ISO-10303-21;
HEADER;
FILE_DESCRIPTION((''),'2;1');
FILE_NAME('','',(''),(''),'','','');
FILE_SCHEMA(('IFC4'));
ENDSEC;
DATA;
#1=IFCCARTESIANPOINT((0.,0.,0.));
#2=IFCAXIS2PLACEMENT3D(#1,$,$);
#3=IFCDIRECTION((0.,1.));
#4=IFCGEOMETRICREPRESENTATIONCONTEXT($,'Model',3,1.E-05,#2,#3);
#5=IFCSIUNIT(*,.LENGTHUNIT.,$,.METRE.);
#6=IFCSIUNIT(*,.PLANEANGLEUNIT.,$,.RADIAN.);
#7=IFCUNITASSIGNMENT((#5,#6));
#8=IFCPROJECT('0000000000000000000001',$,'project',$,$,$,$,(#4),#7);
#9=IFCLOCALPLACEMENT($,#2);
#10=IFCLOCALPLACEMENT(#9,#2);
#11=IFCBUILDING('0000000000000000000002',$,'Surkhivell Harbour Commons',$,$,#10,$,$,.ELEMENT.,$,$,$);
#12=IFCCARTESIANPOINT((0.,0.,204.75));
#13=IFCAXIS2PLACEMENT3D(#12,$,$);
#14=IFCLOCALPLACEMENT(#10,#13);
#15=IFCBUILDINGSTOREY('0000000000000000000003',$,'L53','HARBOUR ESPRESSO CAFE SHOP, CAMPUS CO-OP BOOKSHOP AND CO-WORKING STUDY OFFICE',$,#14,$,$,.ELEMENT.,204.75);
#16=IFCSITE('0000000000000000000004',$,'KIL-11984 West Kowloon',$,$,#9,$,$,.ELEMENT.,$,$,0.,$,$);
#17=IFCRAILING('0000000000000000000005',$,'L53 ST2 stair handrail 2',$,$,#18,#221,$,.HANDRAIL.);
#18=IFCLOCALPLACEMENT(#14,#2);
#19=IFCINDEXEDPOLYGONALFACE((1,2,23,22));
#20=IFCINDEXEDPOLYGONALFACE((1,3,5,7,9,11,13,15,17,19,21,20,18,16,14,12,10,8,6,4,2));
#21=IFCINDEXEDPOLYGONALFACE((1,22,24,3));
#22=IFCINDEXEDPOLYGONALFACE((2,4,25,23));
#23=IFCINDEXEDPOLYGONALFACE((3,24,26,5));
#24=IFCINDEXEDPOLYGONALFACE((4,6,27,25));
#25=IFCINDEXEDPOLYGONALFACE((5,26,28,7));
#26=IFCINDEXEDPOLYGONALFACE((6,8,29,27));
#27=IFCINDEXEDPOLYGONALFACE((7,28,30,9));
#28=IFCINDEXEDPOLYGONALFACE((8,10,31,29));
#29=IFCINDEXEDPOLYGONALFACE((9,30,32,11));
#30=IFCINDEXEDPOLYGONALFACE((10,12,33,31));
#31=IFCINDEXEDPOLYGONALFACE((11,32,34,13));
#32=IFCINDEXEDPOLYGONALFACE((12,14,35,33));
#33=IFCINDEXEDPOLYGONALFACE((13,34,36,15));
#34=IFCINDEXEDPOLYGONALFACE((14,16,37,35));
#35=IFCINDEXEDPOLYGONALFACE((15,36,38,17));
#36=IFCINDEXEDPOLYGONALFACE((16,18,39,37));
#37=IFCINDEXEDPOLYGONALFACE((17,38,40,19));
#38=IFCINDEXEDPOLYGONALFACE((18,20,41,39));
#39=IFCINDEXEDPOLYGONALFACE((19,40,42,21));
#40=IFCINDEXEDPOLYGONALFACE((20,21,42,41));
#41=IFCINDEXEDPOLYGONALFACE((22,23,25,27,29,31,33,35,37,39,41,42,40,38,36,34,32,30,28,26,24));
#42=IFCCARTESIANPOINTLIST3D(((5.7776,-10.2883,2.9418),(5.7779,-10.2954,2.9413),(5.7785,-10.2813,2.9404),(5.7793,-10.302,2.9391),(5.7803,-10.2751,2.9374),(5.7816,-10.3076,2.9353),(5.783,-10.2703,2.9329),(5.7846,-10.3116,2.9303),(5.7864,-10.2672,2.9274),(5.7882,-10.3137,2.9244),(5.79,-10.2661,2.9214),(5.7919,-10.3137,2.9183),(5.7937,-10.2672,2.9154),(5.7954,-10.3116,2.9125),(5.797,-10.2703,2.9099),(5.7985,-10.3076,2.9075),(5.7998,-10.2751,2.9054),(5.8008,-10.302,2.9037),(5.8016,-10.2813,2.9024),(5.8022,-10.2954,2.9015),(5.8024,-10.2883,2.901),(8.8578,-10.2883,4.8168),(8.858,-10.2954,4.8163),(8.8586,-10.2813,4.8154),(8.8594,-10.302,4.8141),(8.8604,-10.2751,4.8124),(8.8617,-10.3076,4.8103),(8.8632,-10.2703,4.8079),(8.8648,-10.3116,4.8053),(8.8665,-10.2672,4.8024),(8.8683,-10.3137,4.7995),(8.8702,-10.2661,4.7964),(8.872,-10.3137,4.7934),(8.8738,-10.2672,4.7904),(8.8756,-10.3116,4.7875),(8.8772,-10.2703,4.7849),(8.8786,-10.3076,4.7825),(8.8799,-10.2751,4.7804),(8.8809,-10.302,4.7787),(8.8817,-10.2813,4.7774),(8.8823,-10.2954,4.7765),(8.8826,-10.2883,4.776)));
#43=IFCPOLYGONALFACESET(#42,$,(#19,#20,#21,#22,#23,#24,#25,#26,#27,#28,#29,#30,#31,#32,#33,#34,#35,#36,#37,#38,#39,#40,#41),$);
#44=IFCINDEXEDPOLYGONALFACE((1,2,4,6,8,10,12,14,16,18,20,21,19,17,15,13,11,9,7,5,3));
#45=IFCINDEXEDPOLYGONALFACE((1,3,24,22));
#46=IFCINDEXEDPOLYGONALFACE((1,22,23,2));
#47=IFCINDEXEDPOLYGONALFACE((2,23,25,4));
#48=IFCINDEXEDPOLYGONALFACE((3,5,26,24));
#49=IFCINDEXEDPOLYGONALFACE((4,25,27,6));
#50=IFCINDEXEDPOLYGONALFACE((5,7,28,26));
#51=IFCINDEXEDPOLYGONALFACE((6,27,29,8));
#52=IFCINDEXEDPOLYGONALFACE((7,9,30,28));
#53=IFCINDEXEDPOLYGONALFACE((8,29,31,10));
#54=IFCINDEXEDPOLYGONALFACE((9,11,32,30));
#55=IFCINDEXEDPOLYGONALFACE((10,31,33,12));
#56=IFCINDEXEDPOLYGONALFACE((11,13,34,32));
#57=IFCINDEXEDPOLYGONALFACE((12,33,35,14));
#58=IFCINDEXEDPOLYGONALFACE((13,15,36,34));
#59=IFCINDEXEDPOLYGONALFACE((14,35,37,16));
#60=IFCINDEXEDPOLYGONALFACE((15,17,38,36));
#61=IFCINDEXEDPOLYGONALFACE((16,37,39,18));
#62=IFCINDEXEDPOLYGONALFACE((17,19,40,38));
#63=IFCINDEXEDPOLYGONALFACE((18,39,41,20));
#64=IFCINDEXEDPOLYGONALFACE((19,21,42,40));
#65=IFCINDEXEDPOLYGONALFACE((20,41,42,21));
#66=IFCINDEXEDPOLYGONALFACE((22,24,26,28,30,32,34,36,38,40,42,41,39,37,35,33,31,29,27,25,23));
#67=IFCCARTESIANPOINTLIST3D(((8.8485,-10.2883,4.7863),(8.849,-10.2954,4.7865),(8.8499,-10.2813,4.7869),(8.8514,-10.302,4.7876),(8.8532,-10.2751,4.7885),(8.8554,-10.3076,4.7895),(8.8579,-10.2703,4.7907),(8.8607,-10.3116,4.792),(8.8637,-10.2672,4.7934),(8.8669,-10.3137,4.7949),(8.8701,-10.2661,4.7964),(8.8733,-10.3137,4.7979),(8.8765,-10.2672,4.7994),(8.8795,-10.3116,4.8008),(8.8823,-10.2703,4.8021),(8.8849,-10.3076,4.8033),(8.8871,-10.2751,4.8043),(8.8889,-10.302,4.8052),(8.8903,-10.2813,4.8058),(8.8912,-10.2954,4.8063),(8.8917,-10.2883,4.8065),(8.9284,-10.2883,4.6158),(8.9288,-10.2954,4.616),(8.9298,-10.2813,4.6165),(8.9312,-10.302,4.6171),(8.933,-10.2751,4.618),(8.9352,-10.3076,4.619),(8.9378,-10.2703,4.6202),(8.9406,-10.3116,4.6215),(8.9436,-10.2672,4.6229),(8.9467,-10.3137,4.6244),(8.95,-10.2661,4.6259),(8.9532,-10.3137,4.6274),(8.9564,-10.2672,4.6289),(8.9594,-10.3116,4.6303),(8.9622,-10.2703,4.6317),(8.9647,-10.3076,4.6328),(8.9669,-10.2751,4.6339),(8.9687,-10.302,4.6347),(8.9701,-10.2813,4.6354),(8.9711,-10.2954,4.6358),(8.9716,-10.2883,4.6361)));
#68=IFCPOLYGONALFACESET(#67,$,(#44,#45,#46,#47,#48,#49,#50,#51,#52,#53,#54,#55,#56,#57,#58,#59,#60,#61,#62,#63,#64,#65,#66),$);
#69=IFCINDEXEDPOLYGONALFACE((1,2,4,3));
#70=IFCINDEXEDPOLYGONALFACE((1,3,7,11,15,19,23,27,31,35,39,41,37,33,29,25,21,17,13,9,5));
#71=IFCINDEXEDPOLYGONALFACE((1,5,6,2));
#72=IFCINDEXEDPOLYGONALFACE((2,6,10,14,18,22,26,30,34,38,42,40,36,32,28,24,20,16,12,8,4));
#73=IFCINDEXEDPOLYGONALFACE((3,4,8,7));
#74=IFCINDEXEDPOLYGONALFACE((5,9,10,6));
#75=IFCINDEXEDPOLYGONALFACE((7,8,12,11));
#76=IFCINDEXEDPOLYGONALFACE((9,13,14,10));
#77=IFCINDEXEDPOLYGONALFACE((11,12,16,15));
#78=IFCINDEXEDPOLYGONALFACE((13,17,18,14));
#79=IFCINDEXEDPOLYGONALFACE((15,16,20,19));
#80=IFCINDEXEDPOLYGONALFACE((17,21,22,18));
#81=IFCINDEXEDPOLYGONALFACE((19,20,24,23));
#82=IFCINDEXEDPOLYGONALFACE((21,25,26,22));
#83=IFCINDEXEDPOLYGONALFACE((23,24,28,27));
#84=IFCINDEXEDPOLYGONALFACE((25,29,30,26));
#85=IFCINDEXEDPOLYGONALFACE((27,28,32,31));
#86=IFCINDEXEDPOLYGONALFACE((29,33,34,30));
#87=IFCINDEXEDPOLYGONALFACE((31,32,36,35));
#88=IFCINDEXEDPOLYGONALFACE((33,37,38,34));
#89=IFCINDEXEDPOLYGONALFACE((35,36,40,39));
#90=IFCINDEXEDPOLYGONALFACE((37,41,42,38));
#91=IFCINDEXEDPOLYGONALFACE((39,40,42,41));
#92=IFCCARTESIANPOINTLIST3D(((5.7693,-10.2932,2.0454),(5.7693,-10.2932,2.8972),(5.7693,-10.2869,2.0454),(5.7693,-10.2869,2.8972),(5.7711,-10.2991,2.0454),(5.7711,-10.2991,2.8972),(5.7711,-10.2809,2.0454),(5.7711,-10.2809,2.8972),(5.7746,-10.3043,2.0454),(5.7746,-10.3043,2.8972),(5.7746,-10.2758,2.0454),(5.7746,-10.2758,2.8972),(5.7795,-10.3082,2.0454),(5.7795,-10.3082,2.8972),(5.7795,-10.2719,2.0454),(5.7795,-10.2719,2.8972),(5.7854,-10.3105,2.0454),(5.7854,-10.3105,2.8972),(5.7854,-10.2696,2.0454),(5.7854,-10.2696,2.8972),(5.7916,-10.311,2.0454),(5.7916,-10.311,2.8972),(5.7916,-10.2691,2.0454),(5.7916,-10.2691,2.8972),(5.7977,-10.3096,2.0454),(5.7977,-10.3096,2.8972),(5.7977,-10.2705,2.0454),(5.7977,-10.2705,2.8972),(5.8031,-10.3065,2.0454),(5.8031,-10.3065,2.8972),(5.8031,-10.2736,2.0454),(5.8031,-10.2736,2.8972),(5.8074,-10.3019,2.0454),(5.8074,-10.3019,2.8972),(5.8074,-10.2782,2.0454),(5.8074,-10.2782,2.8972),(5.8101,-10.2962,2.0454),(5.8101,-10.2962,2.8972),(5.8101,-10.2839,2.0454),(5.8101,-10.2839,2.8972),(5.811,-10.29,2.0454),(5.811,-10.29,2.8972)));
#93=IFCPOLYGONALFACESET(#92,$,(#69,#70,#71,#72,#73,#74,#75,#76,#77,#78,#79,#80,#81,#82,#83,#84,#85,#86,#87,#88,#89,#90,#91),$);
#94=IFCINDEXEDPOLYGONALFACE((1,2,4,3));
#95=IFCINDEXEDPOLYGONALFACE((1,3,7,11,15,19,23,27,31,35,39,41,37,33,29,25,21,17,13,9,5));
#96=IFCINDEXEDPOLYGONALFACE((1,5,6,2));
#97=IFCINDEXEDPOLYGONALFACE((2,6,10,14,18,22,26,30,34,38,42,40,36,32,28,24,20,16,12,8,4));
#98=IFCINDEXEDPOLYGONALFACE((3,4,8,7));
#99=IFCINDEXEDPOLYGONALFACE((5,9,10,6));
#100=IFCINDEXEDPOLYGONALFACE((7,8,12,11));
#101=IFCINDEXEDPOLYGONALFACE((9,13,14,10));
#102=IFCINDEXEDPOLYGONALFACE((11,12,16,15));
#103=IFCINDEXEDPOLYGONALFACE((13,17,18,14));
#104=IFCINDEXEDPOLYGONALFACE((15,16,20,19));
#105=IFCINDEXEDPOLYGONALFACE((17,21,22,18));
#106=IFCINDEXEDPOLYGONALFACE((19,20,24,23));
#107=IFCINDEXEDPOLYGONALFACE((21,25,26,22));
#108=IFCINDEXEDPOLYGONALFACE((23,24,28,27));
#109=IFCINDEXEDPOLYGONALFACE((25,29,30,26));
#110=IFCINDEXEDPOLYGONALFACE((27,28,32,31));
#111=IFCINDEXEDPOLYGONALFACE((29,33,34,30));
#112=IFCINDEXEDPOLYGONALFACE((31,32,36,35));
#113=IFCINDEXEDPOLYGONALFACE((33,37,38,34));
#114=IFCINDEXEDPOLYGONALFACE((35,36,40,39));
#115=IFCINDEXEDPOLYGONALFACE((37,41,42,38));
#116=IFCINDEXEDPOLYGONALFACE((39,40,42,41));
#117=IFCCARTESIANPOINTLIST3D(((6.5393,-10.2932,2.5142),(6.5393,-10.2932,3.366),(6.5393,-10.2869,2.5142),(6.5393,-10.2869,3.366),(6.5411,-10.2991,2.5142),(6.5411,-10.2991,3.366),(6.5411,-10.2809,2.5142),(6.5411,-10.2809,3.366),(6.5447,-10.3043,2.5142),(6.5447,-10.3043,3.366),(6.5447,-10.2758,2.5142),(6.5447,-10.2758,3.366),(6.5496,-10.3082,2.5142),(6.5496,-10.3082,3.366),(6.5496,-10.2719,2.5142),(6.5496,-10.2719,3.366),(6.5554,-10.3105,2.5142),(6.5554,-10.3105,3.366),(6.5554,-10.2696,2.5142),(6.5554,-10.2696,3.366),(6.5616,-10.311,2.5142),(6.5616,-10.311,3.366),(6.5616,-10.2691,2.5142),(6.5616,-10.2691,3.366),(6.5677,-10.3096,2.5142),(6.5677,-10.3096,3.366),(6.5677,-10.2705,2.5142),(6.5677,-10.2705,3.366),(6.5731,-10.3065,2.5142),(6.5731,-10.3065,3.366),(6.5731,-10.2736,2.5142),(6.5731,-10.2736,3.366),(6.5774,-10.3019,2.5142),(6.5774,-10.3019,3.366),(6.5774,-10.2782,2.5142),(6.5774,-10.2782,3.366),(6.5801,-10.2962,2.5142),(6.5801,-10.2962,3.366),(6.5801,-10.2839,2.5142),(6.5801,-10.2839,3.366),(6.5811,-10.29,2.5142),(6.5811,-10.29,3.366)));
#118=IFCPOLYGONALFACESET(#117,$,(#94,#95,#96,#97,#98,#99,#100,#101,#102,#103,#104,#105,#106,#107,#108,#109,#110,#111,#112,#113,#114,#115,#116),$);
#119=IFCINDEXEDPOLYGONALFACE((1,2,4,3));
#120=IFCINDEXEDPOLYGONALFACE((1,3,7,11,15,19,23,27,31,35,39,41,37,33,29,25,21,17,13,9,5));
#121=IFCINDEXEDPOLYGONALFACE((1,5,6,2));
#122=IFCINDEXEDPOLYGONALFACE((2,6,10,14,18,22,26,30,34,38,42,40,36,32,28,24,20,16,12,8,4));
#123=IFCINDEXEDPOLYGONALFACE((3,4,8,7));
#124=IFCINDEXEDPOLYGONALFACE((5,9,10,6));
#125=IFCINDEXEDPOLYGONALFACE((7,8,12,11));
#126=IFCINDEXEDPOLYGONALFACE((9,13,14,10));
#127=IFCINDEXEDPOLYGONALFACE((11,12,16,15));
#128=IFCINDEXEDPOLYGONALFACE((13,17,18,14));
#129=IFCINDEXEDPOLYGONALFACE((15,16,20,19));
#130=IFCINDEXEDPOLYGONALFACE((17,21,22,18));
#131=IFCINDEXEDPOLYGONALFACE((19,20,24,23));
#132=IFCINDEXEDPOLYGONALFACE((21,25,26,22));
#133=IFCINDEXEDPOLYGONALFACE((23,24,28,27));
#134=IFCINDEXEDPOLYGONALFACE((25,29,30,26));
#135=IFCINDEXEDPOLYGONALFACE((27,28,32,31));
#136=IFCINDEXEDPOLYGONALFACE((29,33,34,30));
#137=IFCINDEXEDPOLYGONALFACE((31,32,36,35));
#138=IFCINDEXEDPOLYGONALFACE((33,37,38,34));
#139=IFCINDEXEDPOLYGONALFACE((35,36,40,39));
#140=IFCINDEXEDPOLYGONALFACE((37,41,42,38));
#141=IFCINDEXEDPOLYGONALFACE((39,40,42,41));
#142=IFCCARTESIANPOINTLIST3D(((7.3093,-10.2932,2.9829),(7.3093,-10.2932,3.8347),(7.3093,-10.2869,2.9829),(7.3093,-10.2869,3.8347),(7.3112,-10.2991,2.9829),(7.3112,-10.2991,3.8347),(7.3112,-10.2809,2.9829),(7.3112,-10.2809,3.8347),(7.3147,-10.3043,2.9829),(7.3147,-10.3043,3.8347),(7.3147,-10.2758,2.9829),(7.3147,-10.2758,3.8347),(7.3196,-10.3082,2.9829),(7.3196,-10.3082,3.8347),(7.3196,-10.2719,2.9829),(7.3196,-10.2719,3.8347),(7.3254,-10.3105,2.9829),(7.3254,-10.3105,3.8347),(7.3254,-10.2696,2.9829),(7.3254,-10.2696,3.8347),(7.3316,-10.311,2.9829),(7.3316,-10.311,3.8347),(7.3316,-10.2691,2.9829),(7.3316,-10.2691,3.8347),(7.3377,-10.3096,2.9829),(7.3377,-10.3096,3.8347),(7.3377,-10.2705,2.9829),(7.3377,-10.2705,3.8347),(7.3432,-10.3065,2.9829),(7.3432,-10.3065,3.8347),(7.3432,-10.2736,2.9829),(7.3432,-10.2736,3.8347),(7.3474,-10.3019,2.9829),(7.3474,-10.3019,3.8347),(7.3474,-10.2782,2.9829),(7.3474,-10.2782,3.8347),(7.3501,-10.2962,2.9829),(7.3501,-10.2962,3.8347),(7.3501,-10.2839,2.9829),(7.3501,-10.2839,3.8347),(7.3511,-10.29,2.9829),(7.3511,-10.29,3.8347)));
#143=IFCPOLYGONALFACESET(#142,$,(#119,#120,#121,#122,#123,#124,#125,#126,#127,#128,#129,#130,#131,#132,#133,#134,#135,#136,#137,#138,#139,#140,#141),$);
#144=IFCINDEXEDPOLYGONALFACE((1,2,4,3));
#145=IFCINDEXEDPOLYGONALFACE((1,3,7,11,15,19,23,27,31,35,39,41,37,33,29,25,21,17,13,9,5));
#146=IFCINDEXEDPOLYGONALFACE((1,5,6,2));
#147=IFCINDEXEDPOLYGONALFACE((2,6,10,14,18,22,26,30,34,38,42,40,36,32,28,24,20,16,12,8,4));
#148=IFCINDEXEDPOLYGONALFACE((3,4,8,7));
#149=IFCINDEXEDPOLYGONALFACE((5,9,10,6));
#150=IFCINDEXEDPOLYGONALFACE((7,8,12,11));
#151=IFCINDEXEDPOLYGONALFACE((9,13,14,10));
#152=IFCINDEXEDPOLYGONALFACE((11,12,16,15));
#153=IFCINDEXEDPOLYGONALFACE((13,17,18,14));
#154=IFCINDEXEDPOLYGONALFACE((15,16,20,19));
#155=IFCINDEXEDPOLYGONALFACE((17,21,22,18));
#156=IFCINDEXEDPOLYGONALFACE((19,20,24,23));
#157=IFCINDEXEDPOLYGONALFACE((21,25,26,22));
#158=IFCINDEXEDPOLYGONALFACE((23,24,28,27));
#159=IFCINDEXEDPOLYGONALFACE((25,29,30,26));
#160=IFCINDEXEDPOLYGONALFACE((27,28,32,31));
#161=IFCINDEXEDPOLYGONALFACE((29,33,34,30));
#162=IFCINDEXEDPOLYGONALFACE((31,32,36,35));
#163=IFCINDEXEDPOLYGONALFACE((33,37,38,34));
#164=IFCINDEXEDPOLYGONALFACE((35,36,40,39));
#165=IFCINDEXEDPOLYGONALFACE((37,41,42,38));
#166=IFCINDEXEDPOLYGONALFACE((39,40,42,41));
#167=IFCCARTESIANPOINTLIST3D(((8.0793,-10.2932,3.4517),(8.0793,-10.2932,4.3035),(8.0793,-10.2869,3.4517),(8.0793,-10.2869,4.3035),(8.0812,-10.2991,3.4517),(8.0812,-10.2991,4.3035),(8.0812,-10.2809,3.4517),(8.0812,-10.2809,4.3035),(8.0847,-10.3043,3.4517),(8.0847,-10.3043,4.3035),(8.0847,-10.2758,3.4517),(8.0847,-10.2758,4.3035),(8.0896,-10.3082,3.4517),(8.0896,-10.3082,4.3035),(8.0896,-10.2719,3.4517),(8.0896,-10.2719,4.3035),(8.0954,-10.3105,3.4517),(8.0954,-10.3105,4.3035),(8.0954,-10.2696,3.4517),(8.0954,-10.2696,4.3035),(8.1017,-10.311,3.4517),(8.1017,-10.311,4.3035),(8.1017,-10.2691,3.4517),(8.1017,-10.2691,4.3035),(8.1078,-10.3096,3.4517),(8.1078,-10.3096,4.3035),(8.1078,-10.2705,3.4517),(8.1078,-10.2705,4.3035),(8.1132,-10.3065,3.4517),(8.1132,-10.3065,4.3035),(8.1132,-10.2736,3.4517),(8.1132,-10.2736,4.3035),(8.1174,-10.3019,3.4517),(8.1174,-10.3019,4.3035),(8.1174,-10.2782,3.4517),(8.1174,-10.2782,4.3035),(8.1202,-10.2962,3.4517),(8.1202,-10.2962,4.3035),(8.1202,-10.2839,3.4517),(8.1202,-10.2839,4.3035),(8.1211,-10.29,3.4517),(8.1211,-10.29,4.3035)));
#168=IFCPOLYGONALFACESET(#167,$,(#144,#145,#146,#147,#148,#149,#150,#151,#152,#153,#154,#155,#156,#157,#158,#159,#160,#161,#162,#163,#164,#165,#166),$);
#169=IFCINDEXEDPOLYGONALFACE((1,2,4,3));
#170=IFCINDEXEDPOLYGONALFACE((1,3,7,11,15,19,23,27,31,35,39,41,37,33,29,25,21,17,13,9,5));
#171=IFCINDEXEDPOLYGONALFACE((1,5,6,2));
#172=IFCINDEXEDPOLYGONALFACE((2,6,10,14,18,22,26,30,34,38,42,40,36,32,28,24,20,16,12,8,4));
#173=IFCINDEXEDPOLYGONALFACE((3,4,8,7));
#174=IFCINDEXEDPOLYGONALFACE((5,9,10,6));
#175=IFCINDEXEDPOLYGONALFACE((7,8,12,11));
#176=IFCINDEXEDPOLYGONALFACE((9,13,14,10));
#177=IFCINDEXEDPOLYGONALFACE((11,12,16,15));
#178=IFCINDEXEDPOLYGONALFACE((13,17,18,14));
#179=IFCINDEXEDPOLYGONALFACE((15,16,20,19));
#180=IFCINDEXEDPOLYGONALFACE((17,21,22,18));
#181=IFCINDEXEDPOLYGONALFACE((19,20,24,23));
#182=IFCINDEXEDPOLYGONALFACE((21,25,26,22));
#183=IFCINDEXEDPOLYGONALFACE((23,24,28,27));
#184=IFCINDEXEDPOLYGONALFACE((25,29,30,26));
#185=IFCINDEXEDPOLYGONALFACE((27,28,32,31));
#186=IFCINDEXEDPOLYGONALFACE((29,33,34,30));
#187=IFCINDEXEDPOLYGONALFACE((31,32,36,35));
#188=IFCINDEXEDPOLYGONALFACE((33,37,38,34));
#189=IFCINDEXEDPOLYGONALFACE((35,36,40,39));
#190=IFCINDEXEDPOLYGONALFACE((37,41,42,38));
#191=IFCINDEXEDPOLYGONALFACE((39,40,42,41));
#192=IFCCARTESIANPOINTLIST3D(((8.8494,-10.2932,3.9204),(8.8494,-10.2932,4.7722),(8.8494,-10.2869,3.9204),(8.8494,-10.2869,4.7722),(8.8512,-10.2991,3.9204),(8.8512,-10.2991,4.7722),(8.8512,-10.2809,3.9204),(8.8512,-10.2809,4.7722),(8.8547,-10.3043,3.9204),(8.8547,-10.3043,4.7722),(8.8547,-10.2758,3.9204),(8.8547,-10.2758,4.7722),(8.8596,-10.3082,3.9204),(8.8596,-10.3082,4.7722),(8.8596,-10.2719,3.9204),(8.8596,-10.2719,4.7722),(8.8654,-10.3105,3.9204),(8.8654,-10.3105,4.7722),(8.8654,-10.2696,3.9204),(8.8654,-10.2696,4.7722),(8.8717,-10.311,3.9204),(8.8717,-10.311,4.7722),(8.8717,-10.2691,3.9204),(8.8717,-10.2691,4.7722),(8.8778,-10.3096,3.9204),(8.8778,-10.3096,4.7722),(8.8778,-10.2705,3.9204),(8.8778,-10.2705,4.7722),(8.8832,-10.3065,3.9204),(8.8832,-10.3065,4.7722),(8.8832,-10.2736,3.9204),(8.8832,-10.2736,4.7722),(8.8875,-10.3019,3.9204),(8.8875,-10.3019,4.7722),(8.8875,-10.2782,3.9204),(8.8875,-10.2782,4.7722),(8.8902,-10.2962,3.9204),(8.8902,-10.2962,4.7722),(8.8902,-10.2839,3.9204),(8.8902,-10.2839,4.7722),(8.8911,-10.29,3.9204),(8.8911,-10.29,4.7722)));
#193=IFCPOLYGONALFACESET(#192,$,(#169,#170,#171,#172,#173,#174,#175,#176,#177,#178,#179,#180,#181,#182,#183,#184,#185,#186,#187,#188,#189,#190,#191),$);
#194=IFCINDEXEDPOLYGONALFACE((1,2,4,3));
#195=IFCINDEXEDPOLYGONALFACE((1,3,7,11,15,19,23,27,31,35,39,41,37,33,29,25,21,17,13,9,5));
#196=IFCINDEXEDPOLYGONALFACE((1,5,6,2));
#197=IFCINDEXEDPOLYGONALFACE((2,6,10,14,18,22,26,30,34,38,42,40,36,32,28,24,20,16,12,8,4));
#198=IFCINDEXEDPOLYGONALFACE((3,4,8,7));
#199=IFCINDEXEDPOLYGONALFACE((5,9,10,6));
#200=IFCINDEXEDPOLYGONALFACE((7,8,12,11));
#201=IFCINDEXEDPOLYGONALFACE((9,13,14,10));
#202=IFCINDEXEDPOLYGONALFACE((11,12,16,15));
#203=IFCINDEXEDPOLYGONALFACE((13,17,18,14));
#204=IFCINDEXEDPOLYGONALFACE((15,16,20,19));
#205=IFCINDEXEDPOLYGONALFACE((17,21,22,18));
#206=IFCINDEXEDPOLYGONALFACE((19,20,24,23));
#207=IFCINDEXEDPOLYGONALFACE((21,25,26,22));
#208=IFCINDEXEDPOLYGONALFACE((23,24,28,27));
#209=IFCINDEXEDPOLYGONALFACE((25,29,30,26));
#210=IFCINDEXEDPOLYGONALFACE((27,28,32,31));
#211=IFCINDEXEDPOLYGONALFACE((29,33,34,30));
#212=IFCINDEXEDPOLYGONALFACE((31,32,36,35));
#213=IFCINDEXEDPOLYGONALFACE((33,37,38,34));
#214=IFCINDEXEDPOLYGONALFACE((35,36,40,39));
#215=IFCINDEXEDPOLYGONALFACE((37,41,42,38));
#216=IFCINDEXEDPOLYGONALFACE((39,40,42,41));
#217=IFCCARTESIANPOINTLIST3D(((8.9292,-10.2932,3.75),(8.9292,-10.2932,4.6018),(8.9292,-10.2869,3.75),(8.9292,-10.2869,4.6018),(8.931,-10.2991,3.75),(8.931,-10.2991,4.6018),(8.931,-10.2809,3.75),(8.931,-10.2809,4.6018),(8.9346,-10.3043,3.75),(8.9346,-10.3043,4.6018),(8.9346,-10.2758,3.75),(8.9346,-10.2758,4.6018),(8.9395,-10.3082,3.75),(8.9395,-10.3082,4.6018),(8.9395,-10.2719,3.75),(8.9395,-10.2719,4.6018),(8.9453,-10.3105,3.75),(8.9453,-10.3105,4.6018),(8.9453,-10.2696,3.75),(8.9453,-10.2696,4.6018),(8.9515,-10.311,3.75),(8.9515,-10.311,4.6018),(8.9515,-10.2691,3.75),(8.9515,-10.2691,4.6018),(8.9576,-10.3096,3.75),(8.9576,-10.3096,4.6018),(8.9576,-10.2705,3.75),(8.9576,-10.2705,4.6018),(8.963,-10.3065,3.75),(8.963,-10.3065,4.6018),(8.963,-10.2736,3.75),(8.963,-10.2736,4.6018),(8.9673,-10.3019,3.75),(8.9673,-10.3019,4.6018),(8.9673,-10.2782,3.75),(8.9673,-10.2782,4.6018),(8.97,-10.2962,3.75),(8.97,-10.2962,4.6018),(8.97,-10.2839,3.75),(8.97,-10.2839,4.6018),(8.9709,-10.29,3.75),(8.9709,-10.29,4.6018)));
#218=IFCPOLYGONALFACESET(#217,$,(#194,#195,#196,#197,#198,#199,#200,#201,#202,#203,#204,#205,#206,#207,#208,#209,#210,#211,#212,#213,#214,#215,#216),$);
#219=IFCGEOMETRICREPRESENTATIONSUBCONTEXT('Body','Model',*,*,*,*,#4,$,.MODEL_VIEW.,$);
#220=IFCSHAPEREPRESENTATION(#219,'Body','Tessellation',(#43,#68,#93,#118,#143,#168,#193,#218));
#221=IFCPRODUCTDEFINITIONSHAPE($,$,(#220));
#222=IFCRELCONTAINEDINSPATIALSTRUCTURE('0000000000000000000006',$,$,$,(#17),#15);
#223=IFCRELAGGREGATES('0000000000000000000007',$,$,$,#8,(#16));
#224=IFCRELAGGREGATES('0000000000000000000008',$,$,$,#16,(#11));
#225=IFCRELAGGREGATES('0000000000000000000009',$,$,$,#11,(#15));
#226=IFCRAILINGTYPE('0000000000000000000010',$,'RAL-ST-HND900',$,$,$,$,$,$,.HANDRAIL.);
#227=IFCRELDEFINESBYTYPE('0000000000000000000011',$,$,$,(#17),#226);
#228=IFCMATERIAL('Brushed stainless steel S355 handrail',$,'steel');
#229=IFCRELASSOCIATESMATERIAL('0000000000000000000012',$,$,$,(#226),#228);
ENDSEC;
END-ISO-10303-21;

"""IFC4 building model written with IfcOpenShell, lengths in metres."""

from ifc_helpers import new_model, si_unit, direction, frame, origin, origin_2d, place, context, subcontext, project, spatial, circle, extrude, material, type_object, element, save


model = new_model("IFC4")

# Units and contexts
model_context = context("Model", 3, precision=1e-05, world=origin(), true_north=direction((0.0, 1.0)))
body_context = subcontext(model_context, "Body", "Model", "MODEL_VIEW")
ifc_project = project(units=[si_unit("LENGTHUNIT", "METRE"), si_unit("PLANEANGLEUNIT", "RADIAN")], contexts=[model_context])

# Site, building, storey
site_placement = place(None, origin())
site = spatial("IfcSite", under=ifc_project, at=site_placement, Name="KIL-11984 West Kowloon", CompositionType="ELEMENT", RefElevation=0.0)
building_placement = place(site_placement, origin())
building = spatial("IfcBuilding", under=site, at=building_placement, Name="Surkhivell Harbour Commons", CompositionType="ELEMENT")
storey_placement = place(building_placement, frame((0.0, 0.0, 204.75)))
storey = spatial("IfcBuildingStorey", under=building, at=storey_placement, Name="L53", Description="HARBOUR ESPRESSO CAFE SHOP, CAMPUS CO-OP BOOKSHOP AND CO-WORKING STUDY OFFICE", CompositionType="ELEMENT", Elevation=204.75)

# Railing
ifc_material_1 = material(Name="Brushed stainless steel S355 handrail", Category="steel")
railing_type = type_object("IfcRailingType", Name="RAL-ST-HND900", PredefinedType="HANDRAIL", material=ifc_material_1)
railing_placement = place(storey_placement, frame((5.79, -10.29, 2.0454)))
element("IfcRailing", 1, at=railing_placement, inside=storey, type_object=railing_type, Name="L53 ST2 stair handrail 2", PredefinedType="HANDRAIL", context=body_context, shape_type="SweptSolid", body=[
    extrude(circle(Radius=0.0239, at=origin_2d()), frame((0.0, 0.0, 0.876), z_axis=(0.854178, 0.0, 0.519981), x_axis=(0.0, 1.0, 0.0)), (0.0, 0.0, 1.0), 3.606),
    extrude(circle(Radius=0.0239, at=origin_2d()), frame((3.0801, 0.0, 2.751), z_axis=(0.424234, 0.0, -0.905552), x_axis=(0.0, 1.0, 0.0)), (0.0, 0.0, 1.0), 0.1882),
    extrude(circle(Radius=0.021, at=origin_2d()), origin(), (0.0, 0.0, 1.0), 0.8518),
    extrude(circle(Radius=0.021, at=origin_2d()), frame((0.77, 0.0, 0.4688)), (0.0, 0.0, 1.0), 0.8518),
    extrude(circle(Radius=0.021, at=origin_2d()), frame((1.54, 0.0, 0.9375)), (0.0, 0.0, 1.0), 0.8518),
    extrude(circle(Radius=0.021, at=origin_2d()), frame((2.3101, 0.0, 1.4062)), (0.0, 0.0, 1.0), 0.8518),
    extrude(circle(Radius=0.021, at=origin_2d()), frame((3.0801, 0.0, 1.875)), (0.0, 0.0, 1.0), 0.8518),
    extrude(circle(Radius=0.021, at=origin_2d()), frame((3.1599, 0.0, 1.7046)), (0.0, 0.0, 1.0), 0.8518),
])

save(model, "model.ifc")
